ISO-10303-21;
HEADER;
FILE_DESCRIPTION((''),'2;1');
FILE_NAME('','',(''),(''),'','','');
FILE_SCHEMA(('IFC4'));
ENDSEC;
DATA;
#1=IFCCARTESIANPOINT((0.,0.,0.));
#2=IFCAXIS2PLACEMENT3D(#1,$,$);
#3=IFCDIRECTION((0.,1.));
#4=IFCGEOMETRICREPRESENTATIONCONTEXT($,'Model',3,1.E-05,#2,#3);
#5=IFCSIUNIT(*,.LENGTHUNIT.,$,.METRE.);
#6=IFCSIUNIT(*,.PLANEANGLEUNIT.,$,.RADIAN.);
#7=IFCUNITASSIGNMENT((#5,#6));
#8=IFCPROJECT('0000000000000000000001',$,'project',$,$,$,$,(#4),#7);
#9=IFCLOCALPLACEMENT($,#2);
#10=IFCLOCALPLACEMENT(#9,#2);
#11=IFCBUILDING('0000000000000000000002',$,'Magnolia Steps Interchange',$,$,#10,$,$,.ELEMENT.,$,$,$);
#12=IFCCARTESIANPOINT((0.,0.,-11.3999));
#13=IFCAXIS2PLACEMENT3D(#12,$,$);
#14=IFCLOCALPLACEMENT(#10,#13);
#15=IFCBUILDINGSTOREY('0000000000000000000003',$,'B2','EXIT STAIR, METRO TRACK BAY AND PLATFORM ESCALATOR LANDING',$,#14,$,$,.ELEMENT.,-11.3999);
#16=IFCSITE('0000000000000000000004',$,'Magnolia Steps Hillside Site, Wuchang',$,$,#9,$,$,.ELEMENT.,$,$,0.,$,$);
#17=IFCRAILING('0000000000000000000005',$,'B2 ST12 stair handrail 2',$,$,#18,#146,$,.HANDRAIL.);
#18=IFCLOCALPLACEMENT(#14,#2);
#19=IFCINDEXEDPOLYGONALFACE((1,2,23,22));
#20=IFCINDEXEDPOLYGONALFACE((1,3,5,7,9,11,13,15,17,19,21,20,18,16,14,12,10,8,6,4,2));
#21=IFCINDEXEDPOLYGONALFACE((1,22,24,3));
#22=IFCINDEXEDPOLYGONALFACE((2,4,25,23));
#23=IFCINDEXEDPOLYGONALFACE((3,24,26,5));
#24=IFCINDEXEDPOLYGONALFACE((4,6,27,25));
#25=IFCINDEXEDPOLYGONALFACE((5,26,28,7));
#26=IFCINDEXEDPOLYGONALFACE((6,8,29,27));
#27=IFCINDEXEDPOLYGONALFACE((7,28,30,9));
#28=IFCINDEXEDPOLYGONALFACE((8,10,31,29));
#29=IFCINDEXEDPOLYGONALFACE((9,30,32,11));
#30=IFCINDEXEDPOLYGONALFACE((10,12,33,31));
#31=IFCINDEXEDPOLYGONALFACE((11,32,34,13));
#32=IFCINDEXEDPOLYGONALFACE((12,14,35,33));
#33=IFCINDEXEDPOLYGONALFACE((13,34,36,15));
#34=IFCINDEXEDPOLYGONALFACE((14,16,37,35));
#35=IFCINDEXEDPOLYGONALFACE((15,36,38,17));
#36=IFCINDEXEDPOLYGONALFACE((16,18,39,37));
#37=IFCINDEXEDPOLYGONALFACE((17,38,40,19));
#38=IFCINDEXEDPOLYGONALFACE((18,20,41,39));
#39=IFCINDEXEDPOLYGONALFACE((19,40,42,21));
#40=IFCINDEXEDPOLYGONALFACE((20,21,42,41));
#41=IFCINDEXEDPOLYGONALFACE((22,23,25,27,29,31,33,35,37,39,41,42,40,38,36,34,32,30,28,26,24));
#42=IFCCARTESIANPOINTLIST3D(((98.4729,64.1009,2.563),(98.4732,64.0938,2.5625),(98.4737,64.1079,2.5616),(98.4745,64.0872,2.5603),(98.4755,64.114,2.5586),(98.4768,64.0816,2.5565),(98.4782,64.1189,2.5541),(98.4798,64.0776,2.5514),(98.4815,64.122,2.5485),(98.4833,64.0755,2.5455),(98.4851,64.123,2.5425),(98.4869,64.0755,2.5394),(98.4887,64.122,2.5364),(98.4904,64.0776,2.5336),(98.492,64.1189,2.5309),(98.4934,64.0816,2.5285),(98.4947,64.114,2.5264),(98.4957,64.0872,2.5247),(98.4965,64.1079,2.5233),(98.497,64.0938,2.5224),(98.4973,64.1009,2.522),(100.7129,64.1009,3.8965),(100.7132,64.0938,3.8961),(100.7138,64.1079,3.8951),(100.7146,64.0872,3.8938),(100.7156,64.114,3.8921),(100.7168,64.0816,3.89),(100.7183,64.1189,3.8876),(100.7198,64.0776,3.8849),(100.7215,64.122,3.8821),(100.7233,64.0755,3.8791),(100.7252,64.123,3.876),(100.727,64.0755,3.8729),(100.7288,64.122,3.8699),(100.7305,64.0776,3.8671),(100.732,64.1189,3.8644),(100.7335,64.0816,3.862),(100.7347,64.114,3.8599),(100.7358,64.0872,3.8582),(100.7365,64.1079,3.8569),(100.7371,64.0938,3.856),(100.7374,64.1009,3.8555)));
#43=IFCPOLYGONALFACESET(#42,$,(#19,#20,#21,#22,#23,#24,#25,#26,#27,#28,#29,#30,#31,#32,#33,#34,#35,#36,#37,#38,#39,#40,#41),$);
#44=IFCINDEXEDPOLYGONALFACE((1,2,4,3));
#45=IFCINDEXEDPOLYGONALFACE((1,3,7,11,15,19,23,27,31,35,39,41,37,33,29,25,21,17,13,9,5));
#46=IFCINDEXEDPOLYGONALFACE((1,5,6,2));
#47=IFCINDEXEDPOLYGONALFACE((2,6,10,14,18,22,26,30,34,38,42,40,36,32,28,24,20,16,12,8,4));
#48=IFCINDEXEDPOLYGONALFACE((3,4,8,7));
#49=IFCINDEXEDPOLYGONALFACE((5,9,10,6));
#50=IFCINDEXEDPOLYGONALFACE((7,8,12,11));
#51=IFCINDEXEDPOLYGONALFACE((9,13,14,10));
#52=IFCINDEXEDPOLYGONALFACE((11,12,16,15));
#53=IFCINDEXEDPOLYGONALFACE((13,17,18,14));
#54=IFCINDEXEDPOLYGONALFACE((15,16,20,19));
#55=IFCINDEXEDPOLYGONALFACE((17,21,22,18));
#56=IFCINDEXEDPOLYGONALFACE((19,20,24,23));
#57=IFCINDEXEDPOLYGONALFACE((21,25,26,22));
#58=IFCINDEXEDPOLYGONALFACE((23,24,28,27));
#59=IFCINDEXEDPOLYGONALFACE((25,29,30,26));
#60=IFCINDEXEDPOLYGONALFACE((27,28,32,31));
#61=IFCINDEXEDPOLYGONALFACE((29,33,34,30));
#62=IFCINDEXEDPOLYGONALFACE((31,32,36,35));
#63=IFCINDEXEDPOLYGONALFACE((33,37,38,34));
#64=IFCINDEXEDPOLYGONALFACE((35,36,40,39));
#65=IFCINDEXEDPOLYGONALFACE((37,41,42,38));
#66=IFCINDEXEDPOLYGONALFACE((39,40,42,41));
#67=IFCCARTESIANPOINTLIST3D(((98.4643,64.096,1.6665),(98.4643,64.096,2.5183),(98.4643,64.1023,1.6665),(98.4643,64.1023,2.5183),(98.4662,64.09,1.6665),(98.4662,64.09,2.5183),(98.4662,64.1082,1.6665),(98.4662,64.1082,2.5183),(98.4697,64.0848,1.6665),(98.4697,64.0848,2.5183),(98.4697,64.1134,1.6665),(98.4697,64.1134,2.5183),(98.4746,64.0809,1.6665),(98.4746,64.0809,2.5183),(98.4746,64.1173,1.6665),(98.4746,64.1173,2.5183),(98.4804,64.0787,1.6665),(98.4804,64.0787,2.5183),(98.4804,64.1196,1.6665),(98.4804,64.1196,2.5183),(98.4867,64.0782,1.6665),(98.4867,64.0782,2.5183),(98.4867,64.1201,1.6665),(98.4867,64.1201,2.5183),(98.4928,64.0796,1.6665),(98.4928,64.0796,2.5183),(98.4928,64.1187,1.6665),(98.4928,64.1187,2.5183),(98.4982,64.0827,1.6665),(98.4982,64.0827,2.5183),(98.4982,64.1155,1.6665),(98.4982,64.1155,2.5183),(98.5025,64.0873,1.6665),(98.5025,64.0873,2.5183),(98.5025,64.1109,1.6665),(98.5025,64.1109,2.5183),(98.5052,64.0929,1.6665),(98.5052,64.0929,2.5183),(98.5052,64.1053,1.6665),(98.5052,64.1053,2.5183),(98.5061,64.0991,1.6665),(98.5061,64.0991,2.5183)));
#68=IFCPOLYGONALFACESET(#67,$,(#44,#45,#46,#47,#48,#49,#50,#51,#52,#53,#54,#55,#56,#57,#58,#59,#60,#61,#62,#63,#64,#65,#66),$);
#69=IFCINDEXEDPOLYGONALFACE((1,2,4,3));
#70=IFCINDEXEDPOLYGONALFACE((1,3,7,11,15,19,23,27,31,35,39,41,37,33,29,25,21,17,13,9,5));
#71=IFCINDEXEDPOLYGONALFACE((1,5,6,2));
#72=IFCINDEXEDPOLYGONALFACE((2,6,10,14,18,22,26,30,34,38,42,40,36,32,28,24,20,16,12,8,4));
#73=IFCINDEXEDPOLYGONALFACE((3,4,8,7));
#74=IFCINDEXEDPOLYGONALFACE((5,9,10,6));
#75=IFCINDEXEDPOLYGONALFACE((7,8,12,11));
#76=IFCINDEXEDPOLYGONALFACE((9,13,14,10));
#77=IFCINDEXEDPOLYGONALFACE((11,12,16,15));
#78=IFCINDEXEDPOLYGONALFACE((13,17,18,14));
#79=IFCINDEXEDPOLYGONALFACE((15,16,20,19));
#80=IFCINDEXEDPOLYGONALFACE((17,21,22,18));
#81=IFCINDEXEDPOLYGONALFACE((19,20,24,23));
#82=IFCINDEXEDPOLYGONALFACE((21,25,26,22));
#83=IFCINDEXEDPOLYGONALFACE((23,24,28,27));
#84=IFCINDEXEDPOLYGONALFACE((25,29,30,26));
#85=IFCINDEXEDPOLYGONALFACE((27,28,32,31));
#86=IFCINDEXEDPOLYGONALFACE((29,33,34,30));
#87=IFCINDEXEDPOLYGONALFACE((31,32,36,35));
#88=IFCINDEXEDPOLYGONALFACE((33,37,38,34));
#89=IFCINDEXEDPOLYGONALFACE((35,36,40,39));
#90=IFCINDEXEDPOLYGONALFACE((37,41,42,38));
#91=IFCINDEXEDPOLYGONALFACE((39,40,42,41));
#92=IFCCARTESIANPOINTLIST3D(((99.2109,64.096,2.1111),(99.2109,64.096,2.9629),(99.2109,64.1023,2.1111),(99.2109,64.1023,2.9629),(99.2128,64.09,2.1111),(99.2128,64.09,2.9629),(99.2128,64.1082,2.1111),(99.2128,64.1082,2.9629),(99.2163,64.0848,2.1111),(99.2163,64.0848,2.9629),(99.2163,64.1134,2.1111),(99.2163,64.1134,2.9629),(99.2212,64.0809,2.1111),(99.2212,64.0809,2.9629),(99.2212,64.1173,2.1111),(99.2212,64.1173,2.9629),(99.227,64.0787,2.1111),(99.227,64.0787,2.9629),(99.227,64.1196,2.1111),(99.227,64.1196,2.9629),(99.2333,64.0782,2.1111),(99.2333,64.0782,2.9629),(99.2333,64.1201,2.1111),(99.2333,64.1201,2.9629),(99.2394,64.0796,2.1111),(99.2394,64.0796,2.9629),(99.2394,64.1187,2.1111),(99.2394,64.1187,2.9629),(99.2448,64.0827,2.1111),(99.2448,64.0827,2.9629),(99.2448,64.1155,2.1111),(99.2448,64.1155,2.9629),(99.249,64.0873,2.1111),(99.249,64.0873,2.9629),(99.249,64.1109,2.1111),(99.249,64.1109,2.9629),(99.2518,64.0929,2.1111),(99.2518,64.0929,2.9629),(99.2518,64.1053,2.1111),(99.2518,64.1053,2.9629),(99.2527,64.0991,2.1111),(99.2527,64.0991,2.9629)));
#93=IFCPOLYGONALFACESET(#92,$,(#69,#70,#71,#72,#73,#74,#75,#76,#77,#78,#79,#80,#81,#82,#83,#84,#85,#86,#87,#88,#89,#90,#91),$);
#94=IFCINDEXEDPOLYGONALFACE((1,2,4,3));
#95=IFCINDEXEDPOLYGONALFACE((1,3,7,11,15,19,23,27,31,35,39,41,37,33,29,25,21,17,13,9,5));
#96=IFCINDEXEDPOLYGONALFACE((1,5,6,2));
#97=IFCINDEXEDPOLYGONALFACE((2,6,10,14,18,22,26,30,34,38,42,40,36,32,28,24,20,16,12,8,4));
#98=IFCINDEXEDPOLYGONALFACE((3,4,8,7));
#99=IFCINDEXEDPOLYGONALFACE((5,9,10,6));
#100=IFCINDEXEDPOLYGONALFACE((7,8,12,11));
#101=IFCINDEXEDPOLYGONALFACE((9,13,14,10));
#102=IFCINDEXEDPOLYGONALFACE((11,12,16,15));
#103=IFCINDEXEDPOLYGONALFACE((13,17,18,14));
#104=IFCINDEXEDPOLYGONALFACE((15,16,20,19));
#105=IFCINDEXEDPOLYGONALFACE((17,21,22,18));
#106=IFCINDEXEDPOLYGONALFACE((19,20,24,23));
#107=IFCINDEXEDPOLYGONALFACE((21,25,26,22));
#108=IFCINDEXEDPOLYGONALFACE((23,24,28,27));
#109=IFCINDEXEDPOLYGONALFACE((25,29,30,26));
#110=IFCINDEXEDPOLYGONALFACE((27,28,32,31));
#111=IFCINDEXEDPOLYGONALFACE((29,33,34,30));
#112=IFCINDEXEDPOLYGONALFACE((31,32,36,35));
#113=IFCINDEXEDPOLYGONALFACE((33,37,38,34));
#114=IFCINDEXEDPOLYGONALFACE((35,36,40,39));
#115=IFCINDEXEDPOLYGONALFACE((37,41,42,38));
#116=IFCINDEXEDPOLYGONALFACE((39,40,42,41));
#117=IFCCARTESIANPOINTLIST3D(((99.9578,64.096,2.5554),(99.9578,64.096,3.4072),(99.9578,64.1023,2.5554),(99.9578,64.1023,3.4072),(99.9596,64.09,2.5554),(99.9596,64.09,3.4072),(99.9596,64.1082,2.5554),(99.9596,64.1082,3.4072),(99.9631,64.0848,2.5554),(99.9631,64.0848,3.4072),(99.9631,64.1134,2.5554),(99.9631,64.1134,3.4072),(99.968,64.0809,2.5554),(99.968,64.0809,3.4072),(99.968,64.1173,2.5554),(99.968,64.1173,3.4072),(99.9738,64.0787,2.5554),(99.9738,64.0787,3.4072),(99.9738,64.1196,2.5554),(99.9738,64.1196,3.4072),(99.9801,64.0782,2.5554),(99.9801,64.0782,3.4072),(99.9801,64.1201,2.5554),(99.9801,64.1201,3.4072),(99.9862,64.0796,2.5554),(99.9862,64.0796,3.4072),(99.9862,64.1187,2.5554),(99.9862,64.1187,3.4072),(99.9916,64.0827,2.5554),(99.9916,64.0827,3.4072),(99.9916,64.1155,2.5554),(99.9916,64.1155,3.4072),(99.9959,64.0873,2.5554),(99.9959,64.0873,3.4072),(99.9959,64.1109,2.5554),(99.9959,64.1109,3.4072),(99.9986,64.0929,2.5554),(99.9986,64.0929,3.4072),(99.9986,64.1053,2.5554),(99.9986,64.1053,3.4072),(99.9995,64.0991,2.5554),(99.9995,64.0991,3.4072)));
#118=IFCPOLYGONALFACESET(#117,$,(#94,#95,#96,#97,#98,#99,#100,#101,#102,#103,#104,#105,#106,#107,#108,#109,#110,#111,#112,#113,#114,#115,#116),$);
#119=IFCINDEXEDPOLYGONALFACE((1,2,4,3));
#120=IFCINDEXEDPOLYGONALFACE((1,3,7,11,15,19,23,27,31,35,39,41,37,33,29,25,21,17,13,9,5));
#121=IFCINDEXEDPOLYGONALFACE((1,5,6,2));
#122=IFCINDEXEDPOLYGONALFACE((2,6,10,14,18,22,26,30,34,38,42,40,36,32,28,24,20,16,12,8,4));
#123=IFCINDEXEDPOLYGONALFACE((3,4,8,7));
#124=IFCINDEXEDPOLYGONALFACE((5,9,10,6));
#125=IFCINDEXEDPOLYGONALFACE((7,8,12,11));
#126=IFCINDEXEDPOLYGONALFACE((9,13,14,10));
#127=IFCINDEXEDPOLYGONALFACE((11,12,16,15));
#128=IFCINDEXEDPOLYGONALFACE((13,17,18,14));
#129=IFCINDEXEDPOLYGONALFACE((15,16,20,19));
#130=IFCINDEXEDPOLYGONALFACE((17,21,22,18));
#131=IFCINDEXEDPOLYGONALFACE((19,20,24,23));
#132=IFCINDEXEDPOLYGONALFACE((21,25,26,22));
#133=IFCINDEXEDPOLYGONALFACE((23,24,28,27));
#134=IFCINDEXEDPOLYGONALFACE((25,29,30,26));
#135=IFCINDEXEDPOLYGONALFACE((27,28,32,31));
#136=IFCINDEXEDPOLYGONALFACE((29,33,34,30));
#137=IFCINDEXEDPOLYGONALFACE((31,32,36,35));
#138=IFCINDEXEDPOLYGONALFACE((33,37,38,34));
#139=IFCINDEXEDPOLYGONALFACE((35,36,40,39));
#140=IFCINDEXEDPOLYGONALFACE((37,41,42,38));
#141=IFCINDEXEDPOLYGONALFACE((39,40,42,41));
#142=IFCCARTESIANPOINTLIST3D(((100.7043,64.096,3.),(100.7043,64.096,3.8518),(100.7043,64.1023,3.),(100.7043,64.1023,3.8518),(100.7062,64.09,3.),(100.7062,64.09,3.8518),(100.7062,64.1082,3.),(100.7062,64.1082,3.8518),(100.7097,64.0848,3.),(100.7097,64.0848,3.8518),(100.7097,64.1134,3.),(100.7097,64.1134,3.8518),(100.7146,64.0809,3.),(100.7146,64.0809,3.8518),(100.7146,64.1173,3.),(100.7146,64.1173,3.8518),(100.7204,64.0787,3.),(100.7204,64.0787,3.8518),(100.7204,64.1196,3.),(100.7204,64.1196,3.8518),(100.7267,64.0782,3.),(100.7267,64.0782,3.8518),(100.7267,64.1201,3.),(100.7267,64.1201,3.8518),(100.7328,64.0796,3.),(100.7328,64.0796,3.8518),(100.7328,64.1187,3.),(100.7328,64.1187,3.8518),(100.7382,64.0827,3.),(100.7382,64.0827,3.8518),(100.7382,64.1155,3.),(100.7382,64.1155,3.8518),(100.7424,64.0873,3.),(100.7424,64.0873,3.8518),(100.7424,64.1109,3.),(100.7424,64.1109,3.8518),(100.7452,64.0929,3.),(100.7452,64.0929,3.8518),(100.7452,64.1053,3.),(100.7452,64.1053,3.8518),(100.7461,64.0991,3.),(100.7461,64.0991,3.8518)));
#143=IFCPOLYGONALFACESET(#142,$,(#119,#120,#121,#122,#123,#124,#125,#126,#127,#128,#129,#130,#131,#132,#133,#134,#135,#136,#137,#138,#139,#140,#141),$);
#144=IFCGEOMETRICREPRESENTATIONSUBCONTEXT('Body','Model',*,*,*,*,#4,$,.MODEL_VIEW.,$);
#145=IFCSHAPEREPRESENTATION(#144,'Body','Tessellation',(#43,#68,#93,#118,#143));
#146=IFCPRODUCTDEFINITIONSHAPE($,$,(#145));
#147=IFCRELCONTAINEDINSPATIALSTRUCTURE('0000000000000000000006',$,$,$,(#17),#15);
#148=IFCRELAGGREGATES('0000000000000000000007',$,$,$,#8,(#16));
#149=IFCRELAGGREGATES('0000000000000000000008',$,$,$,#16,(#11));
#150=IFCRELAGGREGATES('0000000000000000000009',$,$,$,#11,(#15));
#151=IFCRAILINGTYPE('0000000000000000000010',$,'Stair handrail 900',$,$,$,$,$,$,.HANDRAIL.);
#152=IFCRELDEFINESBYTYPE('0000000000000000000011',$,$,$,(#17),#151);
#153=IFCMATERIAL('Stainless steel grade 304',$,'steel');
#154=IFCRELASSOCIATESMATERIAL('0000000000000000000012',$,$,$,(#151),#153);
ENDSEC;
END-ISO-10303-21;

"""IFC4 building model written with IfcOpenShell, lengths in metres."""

from ifc_helpers import new_model, si_unit, direction, frame, origin, origin_2d, place, context, subcontext, project, spatial, circle, extrude, material, type_object, element, save


model = new_model("IFC4")

# Units and contexts
model_context = context("Model", 3, precision=1e-05, world=origin(), true_north=direction((0.0, 1.0)))
body_context = subcontext(model_context, "Body", "Model", "MODEL_VIEW")
ifc_project = project(units=[si_unit("LENGTHUNIT", "METRE"), si_unit("PLANEANGLEUNIT", "RADIAN")], contexts=[model_context])

# Site, building, storey
site_placement = place(None, origin())
site = spatial("IfcSite", under=ifc_project, at=site_placement, Name="Magnolia Steps Hillside Site, Wuchang", CompositionType="ELEMENT", RefElevation=0.0)
building_placement = place(site_placement, origin())
building = spatial("IfcBuilding", under=site, at=building_placement, Name="Magnolia Steps Interchange", CompositionType="ELEMENT")
storey_placement = place(building_placement, frame((0.0, 0.0, -11.3999)))
storey = spatial("IfcBuildingStorey", under=building, at=storey_placement, Name="B2", Description="EXIT STAIR, METRO TRACK BAY AND PLATFORM ESCALATOR LANDING", CompositionType="ELEMENT", Elevation=-11.3999)

# Railing
ifc_material_1 = material(Name="Stainless steel grade 304", Category="steel")
railing_type_1 = type_object("IfcRailingType", Name="Stair handrail 900", PredefinedType="HANDRAIL", material=ifc_material_1)
railing_1_placement = place(storey_placement, frame((98.4851, 64.0991, 1.6665)))
element("IfcRailing", 1, at=railing_1_placement, inside=storey, type_object=railing_type_1, Name="B2 ST12 stair handrail 2", PredefinedType="HANDRAIL", context=body_context, shape_type="SweptSolid", body=[
    extrude(circle(Radius=0.0239, at=origin_2d()), frame((0.0, 0.0, 0.876), z_axis=(0.859264, 0.0, 0.511532), x_axis=(0.0, 1.0, 0.0)), (0.0, 0.0, 1.0), 2.6069),
    extrude(circle(Radius=0.021, at=origin_2d()), origin(), (0.0, 0.0, 1.0), 0.8518),
    extrude(circle(Radius=0.021, at=origin_2d()), frame((0.7466, 0.0, 0.4446)), (0.0, 0.0, 1.0), 0.8518),
    extrude(circle(Radius=0.021, at=origin_2d()), frame((1.4934, 0.0, 0.8889)), (0.0, 0.0, 1.0), 0.8518),
    extrude(circle(Radius=0.021, at=origin_2d()), frame((2.24, 0.0, 1.3335)), (0.0, 0.0, 1.0), 0.8518),
])

save(model, "model.ifc")
